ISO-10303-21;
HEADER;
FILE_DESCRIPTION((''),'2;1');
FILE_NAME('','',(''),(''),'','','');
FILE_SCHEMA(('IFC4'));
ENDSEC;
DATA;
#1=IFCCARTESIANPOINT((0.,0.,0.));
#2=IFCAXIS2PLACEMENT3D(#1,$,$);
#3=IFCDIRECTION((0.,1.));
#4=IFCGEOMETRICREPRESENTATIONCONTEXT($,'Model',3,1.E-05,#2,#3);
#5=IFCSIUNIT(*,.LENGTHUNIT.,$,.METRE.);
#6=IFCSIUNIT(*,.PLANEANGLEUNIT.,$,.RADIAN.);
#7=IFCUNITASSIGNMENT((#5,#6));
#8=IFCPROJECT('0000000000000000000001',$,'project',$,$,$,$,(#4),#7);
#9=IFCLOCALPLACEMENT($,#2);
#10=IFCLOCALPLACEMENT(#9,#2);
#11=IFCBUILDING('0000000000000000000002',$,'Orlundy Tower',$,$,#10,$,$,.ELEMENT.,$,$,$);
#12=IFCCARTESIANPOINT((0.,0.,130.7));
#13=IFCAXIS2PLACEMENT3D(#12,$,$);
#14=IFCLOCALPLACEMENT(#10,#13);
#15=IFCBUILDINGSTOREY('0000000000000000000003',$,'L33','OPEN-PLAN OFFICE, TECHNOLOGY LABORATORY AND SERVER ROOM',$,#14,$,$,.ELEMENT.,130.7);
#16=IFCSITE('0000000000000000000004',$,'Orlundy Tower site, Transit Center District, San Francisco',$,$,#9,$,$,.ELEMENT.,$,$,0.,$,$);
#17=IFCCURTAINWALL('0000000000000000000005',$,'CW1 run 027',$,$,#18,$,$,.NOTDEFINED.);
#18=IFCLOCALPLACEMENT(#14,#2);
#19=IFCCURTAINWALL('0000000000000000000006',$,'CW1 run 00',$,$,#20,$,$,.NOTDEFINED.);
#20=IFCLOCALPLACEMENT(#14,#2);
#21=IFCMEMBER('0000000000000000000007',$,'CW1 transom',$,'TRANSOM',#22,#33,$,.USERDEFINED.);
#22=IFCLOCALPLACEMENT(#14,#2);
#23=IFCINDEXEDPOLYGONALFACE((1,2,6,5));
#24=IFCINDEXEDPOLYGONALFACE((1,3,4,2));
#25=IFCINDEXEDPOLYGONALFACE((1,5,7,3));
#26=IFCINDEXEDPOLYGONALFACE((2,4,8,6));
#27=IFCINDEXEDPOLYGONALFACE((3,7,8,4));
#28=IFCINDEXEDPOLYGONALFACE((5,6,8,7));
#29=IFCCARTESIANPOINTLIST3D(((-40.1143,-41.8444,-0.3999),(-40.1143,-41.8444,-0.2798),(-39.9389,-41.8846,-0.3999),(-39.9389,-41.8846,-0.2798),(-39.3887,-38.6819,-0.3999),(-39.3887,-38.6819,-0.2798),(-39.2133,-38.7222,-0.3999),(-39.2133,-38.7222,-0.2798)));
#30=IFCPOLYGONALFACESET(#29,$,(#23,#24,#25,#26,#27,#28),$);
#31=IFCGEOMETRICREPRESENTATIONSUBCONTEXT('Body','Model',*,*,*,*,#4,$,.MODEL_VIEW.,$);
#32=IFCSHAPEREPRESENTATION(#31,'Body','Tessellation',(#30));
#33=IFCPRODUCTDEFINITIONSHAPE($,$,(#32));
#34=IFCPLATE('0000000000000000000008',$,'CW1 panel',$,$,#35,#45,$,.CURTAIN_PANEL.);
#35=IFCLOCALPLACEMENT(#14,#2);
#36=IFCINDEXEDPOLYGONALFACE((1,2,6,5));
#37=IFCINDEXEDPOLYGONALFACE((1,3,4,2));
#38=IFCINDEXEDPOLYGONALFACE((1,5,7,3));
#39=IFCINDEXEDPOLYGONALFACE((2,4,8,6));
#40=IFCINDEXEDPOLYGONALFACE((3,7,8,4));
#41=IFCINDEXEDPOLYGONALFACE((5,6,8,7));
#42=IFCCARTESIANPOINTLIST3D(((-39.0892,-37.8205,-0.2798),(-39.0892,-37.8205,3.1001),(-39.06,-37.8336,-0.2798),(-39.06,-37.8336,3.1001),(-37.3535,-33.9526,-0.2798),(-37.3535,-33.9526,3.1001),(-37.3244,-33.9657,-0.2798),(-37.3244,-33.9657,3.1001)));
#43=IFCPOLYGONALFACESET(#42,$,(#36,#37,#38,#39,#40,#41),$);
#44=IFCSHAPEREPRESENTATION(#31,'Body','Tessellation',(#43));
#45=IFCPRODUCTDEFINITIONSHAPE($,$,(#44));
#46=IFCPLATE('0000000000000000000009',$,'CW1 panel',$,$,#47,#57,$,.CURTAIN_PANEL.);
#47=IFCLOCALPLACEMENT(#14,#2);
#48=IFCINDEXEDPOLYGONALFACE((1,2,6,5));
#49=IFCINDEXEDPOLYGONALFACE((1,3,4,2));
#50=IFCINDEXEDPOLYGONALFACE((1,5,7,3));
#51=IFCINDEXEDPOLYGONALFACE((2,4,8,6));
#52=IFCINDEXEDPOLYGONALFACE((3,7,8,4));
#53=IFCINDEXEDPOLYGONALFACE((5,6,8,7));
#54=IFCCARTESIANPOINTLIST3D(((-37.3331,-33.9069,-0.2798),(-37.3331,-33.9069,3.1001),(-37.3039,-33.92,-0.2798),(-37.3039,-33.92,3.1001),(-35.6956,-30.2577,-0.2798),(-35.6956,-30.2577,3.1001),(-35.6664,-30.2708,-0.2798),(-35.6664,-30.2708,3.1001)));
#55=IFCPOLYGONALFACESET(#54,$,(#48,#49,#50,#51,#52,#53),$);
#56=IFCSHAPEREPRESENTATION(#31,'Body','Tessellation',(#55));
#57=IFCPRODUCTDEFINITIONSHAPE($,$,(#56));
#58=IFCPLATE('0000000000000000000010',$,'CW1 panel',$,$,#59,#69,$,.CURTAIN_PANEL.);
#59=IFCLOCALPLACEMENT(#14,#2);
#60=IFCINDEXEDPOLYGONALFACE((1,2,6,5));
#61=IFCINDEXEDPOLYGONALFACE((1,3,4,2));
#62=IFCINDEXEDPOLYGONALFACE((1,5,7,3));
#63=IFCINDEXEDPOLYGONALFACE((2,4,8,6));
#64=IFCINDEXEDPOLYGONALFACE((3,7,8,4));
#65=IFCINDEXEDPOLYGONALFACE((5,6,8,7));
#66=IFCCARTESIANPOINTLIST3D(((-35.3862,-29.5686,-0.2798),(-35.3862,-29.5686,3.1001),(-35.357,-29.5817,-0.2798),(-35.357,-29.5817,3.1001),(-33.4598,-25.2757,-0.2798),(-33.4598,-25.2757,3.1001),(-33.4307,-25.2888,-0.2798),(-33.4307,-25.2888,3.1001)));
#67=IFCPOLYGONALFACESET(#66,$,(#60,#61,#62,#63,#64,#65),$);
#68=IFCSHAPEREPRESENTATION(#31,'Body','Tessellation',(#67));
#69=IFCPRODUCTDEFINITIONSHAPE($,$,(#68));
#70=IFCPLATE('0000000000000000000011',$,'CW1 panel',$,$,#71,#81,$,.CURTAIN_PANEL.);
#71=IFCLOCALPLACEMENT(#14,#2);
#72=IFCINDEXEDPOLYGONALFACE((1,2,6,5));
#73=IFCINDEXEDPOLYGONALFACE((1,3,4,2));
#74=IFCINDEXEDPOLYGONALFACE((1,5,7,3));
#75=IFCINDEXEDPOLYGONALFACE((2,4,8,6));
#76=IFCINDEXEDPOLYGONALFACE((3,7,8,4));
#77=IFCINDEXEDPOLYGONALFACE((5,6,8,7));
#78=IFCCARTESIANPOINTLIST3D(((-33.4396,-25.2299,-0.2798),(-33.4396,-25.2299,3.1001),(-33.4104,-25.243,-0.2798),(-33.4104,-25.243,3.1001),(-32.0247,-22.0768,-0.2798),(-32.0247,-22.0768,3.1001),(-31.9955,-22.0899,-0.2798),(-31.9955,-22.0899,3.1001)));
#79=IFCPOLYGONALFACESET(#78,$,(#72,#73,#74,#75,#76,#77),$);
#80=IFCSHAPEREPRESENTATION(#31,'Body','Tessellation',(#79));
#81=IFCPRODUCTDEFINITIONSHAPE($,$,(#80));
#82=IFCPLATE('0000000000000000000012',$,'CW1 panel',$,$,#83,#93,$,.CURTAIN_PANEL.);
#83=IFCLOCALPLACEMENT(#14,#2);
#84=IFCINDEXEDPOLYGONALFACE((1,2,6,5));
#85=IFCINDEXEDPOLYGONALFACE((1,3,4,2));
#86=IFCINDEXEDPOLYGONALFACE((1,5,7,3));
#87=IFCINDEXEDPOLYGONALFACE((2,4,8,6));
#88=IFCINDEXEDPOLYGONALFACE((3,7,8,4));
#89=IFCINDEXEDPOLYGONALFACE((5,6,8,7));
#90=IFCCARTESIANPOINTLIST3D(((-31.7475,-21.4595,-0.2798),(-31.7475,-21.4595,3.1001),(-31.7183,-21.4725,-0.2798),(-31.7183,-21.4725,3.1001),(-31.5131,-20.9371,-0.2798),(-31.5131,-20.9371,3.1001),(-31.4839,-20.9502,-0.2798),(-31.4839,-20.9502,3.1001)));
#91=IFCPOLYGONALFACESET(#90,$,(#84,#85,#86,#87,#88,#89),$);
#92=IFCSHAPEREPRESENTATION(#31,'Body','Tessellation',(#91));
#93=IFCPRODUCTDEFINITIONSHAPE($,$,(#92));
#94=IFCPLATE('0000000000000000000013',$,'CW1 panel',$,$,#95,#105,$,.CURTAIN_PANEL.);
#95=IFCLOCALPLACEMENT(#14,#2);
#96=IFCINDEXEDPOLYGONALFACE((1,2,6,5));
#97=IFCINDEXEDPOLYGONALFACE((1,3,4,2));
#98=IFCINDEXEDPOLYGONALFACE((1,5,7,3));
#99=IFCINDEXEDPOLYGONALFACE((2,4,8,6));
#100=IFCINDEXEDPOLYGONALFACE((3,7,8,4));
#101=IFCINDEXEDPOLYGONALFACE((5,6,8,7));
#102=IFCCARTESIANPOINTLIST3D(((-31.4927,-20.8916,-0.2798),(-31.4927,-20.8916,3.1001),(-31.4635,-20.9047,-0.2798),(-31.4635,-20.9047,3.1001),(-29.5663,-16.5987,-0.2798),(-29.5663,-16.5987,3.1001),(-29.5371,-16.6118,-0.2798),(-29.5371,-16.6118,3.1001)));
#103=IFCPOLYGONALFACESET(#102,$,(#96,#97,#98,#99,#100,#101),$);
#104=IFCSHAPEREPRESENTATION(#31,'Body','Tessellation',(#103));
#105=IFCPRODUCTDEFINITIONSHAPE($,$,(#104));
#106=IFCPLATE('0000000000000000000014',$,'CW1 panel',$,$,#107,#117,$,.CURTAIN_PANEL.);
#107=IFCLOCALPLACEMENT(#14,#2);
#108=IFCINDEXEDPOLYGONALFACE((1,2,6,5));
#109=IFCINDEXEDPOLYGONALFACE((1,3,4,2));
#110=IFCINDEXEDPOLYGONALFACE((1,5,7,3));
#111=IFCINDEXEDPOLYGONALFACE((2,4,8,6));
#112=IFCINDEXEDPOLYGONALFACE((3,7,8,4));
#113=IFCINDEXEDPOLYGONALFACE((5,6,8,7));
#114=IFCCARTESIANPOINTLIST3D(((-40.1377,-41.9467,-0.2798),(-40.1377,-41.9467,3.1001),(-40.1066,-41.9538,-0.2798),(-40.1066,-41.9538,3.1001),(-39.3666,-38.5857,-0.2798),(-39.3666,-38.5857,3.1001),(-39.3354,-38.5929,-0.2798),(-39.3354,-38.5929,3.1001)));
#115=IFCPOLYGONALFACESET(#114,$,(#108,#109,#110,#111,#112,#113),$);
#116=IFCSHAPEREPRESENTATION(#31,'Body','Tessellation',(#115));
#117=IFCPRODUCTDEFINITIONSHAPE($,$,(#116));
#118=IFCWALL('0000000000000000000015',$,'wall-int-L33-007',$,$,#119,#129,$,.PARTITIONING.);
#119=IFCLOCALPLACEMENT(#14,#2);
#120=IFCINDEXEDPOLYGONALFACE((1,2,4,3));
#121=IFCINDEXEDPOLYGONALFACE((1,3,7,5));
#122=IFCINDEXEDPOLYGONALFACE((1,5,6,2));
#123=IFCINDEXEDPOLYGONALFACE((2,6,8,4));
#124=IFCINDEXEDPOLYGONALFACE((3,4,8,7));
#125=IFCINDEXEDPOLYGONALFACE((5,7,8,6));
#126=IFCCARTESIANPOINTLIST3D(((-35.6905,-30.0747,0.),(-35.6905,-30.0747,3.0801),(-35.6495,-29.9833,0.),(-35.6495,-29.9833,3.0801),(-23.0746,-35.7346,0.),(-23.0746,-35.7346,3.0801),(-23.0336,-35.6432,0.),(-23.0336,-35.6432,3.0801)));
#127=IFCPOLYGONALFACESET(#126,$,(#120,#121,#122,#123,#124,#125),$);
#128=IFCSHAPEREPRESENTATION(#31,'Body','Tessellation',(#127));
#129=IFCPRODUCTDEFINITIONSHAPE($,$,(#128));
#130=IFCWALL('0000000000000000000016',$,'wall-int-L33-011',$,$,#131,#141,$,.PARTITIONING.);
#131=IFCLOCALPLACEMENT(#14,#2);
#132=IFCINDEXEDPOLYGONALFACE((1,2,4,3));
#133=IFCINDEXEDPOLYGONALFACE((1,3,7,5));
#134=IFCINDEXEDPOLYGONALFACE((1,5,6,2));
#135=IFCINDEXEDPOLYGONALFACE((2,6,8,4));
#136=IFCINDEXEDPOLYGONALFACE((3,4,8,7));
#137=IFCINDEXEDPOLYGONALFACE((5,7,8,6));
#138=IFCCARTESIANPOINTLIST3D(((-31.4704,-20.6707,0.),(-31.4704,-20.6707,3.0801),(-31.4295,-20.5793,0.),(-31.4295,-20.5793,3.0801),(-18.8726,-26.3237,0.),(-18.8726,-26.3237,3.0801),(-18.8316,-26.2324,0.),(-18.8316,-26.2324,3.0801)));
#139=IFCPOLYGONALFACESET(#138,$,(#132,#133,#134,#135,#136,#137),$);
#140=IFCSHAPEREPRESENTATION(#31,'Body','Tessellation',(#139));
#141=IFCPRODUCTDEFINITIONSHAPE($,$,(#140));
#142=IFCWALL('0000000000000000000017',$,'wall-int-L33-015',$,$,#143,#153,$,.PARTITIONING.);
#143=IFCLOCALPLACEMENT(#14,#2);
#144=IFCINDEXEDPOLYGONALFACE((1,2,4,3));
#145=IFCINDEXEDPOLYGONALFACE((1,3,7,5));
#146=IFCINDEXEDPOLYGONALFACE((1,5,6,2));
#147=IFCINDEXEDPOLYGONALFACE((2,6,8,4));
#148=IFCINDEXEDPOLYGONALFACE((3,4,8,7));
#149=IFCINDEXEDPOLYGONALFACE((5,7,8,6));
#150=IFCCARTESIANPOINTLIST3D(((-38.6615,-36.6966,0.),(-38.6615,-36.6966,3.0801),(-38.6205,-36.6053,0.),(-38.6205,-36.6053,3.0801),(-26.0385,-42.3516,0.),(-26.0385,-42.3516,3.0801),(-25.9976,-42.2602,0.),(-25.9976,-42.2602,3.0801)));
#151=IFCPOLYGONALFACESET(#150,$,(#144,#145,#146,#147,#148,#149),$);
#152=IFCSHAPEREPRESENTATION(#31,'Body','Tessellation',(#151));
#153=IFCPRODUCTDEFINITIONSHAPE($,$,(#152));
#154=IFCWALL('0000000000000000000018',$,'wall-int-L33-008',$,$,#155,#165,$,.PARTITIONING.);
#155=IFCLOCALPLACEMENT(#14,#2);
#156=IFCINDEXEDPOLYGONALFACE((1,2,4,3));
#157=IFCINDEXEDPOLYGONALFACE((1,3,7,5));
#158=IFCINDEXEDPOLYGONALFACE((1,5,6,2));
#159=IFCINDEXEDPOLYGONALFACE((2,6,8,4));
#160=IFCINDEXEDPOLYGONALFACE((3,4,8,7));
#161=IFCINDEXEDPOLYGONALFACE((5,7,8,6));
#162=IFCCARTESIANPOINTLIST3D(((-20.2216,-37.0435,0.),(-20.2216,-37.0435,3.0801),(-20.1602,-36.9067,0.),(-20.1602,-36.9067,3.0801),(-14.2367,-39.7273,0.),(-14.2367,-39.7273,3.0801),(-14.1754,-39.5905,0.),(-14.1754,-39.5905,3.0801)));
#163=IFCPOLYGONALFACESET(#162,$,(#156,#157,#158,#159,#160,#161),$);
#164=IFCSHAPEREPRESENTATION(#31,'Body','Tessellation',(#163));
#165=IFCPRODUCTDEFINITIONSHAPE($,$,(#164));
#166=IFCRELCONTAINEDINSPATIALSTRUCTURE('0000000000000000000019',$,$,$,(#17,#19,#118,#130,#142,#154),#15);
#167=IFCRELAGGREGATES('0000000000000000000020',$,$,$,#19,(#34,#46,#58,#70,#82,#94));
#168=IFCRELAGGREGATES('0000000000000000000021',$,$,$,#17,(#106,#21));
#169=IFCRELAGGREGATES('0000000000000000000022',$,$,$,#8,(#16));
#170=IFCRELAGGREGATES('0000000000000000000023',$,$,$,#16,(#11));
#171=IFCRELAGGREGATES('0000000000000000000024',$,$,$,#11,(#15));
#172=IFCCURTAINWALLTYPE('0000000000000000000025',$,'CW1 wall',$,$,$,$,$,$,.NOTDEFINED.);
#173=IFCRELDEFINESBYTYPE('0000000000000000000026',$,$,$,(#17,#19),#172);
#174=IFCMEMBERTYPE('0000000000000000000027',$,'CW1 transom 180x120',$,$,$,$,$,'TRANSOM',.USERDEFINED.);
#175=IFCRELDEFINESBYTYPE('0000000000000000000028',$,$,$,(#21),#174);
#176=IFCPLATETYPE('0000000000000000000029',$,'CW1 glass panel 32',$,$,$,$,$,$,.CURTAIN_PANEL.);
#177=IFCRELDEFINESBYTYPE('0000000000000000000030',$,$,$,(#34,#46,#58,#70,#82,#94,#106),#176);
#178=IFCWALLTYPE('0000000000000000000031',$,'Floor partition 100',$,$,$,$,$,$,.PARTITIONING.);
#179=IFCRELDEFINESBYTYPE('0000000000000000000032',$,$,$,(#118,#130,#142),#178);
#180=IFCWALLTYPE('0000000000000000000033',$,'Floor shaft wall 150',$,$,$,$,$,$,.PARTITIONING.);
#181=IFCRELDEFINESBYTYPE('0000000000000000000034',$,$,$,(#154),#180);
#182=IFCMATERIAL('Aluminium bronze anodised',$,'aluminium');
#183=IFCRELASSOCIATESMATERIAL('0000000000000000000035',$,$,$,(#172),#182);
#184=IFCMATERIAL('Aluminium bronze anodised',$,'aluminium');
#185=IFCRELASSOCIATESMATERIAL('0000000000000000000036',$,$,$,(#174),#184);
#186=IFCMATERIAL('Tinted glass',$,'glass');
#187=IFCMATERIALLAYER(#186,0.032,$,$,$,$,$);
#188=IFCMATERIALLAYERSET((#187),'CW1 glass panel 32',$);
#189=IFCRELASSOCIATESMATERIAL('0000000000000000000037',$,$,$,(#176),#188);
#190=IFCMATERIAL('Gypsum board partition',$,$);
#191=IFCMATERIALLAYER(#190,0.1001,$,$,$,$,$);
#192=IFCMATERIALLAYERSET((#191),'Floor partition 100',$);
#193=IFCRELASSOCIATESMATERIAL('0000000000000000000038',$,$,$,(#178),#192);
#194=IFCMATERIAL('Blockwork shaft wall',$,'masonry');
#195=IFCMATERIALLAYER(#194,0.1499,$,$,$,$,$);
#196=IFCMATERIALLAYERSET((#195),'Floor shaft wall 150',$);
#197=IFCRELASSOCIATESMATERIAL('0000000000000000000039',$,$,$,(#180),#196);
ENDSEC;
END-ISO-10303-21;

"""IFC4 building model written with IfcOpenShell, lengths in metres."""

from ifc_helpers import new_model, si_unit, direction, frame, frame_2d, origin, origin_2d, place, context, subcontext, project, spatial, rectangle, extrude, material, layer, layer_set, material_profile, profile_set, type_object, element, aggregate, save


model = new_model("IFC4")

# Units and contexts
model_context = context("Model", 3, precision=1e-05, world=origin(), true_north=direction((0.0, 1.0)))
body_context = subcontext(model_context, "Body", "Model", "MODEL_VIEW")
ifc_project = project(units=[si_unit("LENGTHUNIT", "METRE"), si_unit("PLANEANGLEUNIT", "RADIAN")], contexts=[model_context])

# Site, building, storey
site_placement = place(None, origin())
site = spatial("IfcSite", under=ifc_project, at=site_placement, Name="Orlundy Tower site, Transit Center District, San Francisco", CompositionType="ELEMENT", RefElevation=0.0)
building_placement = place(site_placement, origin())
building = spatial("IfcBuilding", under=site, at=building_placement, Name="Orlundy Tower", CompositionType="ELEMENT")
storey_placement = place(building_placement, frame((0.0, 0.0, 130.7)))
storey = spatial("IfcBuildingStorey", under=building, at=storey_placement, Name="L33", Description="OPEN-PLAN OFFICE, TECHNOLOGY LABORATORY AND SERVER ROOM", CompositionType="ELEMENT", Elevation=130.7)

# Curtain wall
ifc_material_1 = material(Name="Aluminium bronze anodised", Category="aluminium")
curtain_wall_type = type_object("IfcCurtainWallType", Name="CW1 wall", PredefinedType="NOTDEFINED", material=ifc_material_1)
curtain_wall_1_placement = place(storey_placement, origin())
curtain_wall_1 = element("IfcCurtainWall", 1, at=curtain_wall_1_placement, inside=storey, type_object=curtain_wall_type, Name="CW1 run 027", PredefinedType="NOTDEFINED")

# Curtain wall
curtain_wall_2_placement = place(storey_placement, origin())
curtain_wall_2 = element("IfcCurtainWall", 2, at=curtain_wall_2_placement, inside=storey, type_object=curtain_wall_type, Name="CW1 run 00", PredefinedType="NOTDEFINED")
ifc_material_2 = material(Name="Aluminium bronze anodised", Category="aluminium")
ifc_material_profile_1 = material_profile(ifc_material_2, rectangle(XDim=0.1799, YDim=0.1201, at=origin_2d()), Name="CW1 transom 180x120")
ifc_profile_set_1 = profile_set([ifc_material_profile_1], Name="Aluminium bronze anodised")
member_type_1 = type_object("IfcMemberType", Name="CW1 transom 180x120", ElementType="TRANSOM", PredefinedType="USERDEFINED", material=ifc_profile_set_1)

# Member
member_1_placement = place(storey_placement, frame((-40.0266, -41.8645, -0.3398), z_axis=(0.223634, 0.974673, 0.0), x_axis=(-0.974673, 0.223634, 0.0)))
member_1 = element("IfcMember", 3, at=member_1_placement, type_object=member_type_1, Name="CW1 transom", ObjectType="TRANSOM", PredefinedType="USERDEFINED", context=body_context, shape_type="SweptSolid", body=[
    extrude(rectangle(XDim=0.1799, YDim=0.1201, at=origin_2d()), origin(), (0.0, 0.0, 1.0), 3.2446),
])

# Plates
ifc_material_3 = material(Name="Tinted glass", Category="glass")
ifc_layer_1 = layer(ifc_material_3, 0.032)
ifc_layer_set_1 = layer_set([ifc_layer_1], Name="CW1 glass panel 32")
plate_type = type_object("IfcPlateType", Name="CW1 glass panel 32", PredefinedType="CURTAIN_PANEL", material=ifc_layer_set_1)
plate_1_placement = place(storey_placement, frame((-38.2068, -35.8931, -0.2798), z_axis=(0.0, 0.0, 1.0), x_axis=(0.409404, 0.912353, 0.0)))
plate_1 = element("IfcPlate", 4, at=plate_1_placement, type_object=plate_type, Name="CW1 panel", PredefinedType="CURTAIN_PANEL", context=body_context, shape_type="SweptSolid", body=[
    extrude(rectangle(XDim=4.2395, YDim=0.032, at=origin_2d()), origin(), (0.0, 0.0, 1.0), 3.3799),
])
plate_2_placement = place(storey_placement, frame((-36.4998, -32.0889, -0.2798), z_axis=(0.0, 0.0, 1.0), x_axis=(0.409404, 0.912353, 0.0)))
plate_2 = element("IfcPlate", 5, at=plate_2_placement, type_object=plate_type, Name="CW1 panel", PredefinedType="CURTAIN_PANEL", context=body_context, shape_type="SweptSolid", body=[
    extrude(rectangle(XDim=3.9998, YDim=0.032, at=origin_2d()), origin(), (0.0, 0.0, 1.0), 3.3799),
])
plate_3_placement = place(storey_placement, frame((-34.4084, -27.4287, -0.2798), z_axis=(0.0, 0.0, 1.0), x_axis=(0.409404, 0.912353, 0.0)))
plate_3 = element("IfcPlate", 6, at=plate_3_placement, type_object=plate_type, Name="CW1 panel", PredefinedType="CURTAIN_PANEL", context=body_context, shape_type="SweptSolid", body=[
    extrude(rectangle(XDim=4.7053, YDim=0.032, at=origin_2d()), origin(), (0.0, 0.0, 1.0), 3.3799),
])
plate_4_placement = place(storey_placement, frame((-32.7175, -23.6599, -0.2798), z_axis=(0.0, 0.0, 1.0), x_axis=(0.409404, 0.912353, 0.0)))
plate_4 = element("IfcPlate", 7, at=plate_4_placement, type_object=plate_type, Name="CW1 panel", PredefinedType="CURTAIN_PANEL", context=body_context, shape_type="SweptSolid", body=[
    extrude(rectangle(XDim=3.4561, YDim=0.032, at=origin_2d()), origin(), (0.0, 0.0, 1.0), 3.3799),
])
plate_5_placement = place(storey_placement, frame((-31.6157, -21.2048, -0.2798), z_axis=(0.0, 0.0, 1.0), x_axis=(0.409404, 0.912353, 0.0)))
plate_5 = element("IfcPlate", 8, at=plate_5_placement, type_object=plate_type, Name="CW1 panel", PredefinedType="CURTAIN_PANEL", context=body_context, shape_type="SweptSolid", body=[
    extrude(rectangle(XDim=0.5725, YDim=0.032, at=origin_2d()), origin(), (0.0, 0.0, 1.0), 3.3799),
])
plate_6_placement = place(storey_placement, frame((-30.5149, -18.7517, -0.2798), z_axis=(0.0, 0.0, 1.0), x_axis=(0.409404, 0.912353, 0.0)))
plate_6 = element("IfcPlate", 9, at=plate_6_placement, type_object=plate_type, Name="CW1 panel", PredefinedType="CURTAIN_PANEL", context=body_context, shape_type="SweptSolid", body=[
    extrude(rectangle(XDim=4.7053, YDim=0.032, at=origin_2d()), origin(), (0.0, 0.0, 1.0), 3.3799),
])
aggregate(curtain_wall_2, [plate_1, plate_2, plate_3, plate_4, plate_5, plate_6])
plate_7_placement = place(storey_placement, frame((-39.7366, -40.2698, -0.2798), z_axis=(0.0, 0.0, 1.0), x_axis=(0.223638, 0.974672, 0.0)))
plate_7 = element("IfcPlate", 10, at=plate_7_placement, type_object=plate_type, Name="CW1 panel", PredefinedType="CURTAIN_PANEL", context=body_context, shape_type="SweptSolid", body=[
    extrude(rectangle(XDim=3.4482, YDim=0.032, at=origin_2d()), origin(), (0.0, 0.0, 1.0), 3.3799),
])
aggregate(curtain_wall_1, [plate_7, member_1])

# Walls
ifc_material_4 = material(Name="Gypsum board partition")
ifc_layer_2 = layer(ifc_material_4, 0.1001)
ifc_layer_set_2 = layer_set([ifc_layer_2], Name="Floor partition 100")
wall_type_1 = type_object("IfcWallType", Name="Floor partition 100", PredefinedType="PARTITIONING", material=ifc_layer_set_2)
wall_1_placement = place(storey_placement, frame((-35.6699, -30.0291, 0.0), z_axis=(0.0, 0.0, 1.0), x_axis=(0.912388, -0.409326, 0.0)))
element("IfcWall", 11, at=wall_1_placement, inside=storey, type_object=wall_type_1, Name="wall-int-L33-007", PredefinedType="PARTITIONING", context=body_context, shape_type="SweptSolid", body=[
    extrude(rectangle(XDim=13.8274, YDim=0.1001, at=frame_2d((6.9136, 0.0))), origin(), (0.0, 0.0, 1.0), 3.0801),
])
wall_2_placement = place(storey_placement, frame((-31.45, -20.625, 0.0), z_axis=(0.0, 0.0, 1.0), x_axis=(0.912354, -0.409402, 0.0)))
element("IfcWall", 12, at=wall_2_placement, inside=storey, type_object=wall_type_1, Name="wall-int-L33-011", PredefinedType="PARTITIONING", context=body_context, shape_type="SweptSolid", body=[
    extrude(rectangle(XDim=13.8081, YDim=0.1001, at=frame_2d((6.9041, 0.0))), origin(), (0.0, 0.0, 1.0), 3.0801),
])
wall_3_placement = place(storey_placement, frame((-38.6411, -36.6509, 0.0), z_axis=(0.0, 0.0, 1.0), x_axis=(0.912606, -0.408841, 0.0)))
element("IfcWall", 13, at=wall_3_placement, inside=storey, type_object=wall_type_1, Name="wall-int-L33-015", PredefinedType="PARTITIONING", context=body_context, shape_type="SweptSolid", body=[
    extrude(rectangle(XDim=13.8318, YDim=0.1001, at=frame_2d((6.916, 0.0))), origin(), (0.0, 0.0, 1.0), 3.0801),
])
ifc_material_5 = material(Name="Blockwork shaft wall", Category="masonry")
ifc_layer_3 = layer(ifc_material_5, 0.1499)
ifc_layer_set_3 = layer_set([ifc_layer_3], Name="Floor shaft wall 150")
wall_type_2 = type_object("IfcWallType", Name="Floor shaft wall 150", PredefinedType="PARTITIONING", material=ifc_layer_set_3)
wall_4_placement = place(storey_placement, frame((-20.1909, -36.9751, 0.0), z_axis=(0.0, 0.0, 1.0), x_axis=(0.912454, -0.409179, 0.0)))
element("IfcWall", 14, at=wall_4_placement, inside=storey, type_object=wall_type_2, Name="wall-int-L33-008", PredefinedType="PARTITIONING", context=body_context, shape_type="SweptSolid", body=[
    extrude(rectangle(XDim=6.5591, YDim=0.1499, at=frame_2d((3.2795, 0.0))), origin(), (0.0, 0.0, 1.0), 3.0801),
])

save(model, "model.ifc")
